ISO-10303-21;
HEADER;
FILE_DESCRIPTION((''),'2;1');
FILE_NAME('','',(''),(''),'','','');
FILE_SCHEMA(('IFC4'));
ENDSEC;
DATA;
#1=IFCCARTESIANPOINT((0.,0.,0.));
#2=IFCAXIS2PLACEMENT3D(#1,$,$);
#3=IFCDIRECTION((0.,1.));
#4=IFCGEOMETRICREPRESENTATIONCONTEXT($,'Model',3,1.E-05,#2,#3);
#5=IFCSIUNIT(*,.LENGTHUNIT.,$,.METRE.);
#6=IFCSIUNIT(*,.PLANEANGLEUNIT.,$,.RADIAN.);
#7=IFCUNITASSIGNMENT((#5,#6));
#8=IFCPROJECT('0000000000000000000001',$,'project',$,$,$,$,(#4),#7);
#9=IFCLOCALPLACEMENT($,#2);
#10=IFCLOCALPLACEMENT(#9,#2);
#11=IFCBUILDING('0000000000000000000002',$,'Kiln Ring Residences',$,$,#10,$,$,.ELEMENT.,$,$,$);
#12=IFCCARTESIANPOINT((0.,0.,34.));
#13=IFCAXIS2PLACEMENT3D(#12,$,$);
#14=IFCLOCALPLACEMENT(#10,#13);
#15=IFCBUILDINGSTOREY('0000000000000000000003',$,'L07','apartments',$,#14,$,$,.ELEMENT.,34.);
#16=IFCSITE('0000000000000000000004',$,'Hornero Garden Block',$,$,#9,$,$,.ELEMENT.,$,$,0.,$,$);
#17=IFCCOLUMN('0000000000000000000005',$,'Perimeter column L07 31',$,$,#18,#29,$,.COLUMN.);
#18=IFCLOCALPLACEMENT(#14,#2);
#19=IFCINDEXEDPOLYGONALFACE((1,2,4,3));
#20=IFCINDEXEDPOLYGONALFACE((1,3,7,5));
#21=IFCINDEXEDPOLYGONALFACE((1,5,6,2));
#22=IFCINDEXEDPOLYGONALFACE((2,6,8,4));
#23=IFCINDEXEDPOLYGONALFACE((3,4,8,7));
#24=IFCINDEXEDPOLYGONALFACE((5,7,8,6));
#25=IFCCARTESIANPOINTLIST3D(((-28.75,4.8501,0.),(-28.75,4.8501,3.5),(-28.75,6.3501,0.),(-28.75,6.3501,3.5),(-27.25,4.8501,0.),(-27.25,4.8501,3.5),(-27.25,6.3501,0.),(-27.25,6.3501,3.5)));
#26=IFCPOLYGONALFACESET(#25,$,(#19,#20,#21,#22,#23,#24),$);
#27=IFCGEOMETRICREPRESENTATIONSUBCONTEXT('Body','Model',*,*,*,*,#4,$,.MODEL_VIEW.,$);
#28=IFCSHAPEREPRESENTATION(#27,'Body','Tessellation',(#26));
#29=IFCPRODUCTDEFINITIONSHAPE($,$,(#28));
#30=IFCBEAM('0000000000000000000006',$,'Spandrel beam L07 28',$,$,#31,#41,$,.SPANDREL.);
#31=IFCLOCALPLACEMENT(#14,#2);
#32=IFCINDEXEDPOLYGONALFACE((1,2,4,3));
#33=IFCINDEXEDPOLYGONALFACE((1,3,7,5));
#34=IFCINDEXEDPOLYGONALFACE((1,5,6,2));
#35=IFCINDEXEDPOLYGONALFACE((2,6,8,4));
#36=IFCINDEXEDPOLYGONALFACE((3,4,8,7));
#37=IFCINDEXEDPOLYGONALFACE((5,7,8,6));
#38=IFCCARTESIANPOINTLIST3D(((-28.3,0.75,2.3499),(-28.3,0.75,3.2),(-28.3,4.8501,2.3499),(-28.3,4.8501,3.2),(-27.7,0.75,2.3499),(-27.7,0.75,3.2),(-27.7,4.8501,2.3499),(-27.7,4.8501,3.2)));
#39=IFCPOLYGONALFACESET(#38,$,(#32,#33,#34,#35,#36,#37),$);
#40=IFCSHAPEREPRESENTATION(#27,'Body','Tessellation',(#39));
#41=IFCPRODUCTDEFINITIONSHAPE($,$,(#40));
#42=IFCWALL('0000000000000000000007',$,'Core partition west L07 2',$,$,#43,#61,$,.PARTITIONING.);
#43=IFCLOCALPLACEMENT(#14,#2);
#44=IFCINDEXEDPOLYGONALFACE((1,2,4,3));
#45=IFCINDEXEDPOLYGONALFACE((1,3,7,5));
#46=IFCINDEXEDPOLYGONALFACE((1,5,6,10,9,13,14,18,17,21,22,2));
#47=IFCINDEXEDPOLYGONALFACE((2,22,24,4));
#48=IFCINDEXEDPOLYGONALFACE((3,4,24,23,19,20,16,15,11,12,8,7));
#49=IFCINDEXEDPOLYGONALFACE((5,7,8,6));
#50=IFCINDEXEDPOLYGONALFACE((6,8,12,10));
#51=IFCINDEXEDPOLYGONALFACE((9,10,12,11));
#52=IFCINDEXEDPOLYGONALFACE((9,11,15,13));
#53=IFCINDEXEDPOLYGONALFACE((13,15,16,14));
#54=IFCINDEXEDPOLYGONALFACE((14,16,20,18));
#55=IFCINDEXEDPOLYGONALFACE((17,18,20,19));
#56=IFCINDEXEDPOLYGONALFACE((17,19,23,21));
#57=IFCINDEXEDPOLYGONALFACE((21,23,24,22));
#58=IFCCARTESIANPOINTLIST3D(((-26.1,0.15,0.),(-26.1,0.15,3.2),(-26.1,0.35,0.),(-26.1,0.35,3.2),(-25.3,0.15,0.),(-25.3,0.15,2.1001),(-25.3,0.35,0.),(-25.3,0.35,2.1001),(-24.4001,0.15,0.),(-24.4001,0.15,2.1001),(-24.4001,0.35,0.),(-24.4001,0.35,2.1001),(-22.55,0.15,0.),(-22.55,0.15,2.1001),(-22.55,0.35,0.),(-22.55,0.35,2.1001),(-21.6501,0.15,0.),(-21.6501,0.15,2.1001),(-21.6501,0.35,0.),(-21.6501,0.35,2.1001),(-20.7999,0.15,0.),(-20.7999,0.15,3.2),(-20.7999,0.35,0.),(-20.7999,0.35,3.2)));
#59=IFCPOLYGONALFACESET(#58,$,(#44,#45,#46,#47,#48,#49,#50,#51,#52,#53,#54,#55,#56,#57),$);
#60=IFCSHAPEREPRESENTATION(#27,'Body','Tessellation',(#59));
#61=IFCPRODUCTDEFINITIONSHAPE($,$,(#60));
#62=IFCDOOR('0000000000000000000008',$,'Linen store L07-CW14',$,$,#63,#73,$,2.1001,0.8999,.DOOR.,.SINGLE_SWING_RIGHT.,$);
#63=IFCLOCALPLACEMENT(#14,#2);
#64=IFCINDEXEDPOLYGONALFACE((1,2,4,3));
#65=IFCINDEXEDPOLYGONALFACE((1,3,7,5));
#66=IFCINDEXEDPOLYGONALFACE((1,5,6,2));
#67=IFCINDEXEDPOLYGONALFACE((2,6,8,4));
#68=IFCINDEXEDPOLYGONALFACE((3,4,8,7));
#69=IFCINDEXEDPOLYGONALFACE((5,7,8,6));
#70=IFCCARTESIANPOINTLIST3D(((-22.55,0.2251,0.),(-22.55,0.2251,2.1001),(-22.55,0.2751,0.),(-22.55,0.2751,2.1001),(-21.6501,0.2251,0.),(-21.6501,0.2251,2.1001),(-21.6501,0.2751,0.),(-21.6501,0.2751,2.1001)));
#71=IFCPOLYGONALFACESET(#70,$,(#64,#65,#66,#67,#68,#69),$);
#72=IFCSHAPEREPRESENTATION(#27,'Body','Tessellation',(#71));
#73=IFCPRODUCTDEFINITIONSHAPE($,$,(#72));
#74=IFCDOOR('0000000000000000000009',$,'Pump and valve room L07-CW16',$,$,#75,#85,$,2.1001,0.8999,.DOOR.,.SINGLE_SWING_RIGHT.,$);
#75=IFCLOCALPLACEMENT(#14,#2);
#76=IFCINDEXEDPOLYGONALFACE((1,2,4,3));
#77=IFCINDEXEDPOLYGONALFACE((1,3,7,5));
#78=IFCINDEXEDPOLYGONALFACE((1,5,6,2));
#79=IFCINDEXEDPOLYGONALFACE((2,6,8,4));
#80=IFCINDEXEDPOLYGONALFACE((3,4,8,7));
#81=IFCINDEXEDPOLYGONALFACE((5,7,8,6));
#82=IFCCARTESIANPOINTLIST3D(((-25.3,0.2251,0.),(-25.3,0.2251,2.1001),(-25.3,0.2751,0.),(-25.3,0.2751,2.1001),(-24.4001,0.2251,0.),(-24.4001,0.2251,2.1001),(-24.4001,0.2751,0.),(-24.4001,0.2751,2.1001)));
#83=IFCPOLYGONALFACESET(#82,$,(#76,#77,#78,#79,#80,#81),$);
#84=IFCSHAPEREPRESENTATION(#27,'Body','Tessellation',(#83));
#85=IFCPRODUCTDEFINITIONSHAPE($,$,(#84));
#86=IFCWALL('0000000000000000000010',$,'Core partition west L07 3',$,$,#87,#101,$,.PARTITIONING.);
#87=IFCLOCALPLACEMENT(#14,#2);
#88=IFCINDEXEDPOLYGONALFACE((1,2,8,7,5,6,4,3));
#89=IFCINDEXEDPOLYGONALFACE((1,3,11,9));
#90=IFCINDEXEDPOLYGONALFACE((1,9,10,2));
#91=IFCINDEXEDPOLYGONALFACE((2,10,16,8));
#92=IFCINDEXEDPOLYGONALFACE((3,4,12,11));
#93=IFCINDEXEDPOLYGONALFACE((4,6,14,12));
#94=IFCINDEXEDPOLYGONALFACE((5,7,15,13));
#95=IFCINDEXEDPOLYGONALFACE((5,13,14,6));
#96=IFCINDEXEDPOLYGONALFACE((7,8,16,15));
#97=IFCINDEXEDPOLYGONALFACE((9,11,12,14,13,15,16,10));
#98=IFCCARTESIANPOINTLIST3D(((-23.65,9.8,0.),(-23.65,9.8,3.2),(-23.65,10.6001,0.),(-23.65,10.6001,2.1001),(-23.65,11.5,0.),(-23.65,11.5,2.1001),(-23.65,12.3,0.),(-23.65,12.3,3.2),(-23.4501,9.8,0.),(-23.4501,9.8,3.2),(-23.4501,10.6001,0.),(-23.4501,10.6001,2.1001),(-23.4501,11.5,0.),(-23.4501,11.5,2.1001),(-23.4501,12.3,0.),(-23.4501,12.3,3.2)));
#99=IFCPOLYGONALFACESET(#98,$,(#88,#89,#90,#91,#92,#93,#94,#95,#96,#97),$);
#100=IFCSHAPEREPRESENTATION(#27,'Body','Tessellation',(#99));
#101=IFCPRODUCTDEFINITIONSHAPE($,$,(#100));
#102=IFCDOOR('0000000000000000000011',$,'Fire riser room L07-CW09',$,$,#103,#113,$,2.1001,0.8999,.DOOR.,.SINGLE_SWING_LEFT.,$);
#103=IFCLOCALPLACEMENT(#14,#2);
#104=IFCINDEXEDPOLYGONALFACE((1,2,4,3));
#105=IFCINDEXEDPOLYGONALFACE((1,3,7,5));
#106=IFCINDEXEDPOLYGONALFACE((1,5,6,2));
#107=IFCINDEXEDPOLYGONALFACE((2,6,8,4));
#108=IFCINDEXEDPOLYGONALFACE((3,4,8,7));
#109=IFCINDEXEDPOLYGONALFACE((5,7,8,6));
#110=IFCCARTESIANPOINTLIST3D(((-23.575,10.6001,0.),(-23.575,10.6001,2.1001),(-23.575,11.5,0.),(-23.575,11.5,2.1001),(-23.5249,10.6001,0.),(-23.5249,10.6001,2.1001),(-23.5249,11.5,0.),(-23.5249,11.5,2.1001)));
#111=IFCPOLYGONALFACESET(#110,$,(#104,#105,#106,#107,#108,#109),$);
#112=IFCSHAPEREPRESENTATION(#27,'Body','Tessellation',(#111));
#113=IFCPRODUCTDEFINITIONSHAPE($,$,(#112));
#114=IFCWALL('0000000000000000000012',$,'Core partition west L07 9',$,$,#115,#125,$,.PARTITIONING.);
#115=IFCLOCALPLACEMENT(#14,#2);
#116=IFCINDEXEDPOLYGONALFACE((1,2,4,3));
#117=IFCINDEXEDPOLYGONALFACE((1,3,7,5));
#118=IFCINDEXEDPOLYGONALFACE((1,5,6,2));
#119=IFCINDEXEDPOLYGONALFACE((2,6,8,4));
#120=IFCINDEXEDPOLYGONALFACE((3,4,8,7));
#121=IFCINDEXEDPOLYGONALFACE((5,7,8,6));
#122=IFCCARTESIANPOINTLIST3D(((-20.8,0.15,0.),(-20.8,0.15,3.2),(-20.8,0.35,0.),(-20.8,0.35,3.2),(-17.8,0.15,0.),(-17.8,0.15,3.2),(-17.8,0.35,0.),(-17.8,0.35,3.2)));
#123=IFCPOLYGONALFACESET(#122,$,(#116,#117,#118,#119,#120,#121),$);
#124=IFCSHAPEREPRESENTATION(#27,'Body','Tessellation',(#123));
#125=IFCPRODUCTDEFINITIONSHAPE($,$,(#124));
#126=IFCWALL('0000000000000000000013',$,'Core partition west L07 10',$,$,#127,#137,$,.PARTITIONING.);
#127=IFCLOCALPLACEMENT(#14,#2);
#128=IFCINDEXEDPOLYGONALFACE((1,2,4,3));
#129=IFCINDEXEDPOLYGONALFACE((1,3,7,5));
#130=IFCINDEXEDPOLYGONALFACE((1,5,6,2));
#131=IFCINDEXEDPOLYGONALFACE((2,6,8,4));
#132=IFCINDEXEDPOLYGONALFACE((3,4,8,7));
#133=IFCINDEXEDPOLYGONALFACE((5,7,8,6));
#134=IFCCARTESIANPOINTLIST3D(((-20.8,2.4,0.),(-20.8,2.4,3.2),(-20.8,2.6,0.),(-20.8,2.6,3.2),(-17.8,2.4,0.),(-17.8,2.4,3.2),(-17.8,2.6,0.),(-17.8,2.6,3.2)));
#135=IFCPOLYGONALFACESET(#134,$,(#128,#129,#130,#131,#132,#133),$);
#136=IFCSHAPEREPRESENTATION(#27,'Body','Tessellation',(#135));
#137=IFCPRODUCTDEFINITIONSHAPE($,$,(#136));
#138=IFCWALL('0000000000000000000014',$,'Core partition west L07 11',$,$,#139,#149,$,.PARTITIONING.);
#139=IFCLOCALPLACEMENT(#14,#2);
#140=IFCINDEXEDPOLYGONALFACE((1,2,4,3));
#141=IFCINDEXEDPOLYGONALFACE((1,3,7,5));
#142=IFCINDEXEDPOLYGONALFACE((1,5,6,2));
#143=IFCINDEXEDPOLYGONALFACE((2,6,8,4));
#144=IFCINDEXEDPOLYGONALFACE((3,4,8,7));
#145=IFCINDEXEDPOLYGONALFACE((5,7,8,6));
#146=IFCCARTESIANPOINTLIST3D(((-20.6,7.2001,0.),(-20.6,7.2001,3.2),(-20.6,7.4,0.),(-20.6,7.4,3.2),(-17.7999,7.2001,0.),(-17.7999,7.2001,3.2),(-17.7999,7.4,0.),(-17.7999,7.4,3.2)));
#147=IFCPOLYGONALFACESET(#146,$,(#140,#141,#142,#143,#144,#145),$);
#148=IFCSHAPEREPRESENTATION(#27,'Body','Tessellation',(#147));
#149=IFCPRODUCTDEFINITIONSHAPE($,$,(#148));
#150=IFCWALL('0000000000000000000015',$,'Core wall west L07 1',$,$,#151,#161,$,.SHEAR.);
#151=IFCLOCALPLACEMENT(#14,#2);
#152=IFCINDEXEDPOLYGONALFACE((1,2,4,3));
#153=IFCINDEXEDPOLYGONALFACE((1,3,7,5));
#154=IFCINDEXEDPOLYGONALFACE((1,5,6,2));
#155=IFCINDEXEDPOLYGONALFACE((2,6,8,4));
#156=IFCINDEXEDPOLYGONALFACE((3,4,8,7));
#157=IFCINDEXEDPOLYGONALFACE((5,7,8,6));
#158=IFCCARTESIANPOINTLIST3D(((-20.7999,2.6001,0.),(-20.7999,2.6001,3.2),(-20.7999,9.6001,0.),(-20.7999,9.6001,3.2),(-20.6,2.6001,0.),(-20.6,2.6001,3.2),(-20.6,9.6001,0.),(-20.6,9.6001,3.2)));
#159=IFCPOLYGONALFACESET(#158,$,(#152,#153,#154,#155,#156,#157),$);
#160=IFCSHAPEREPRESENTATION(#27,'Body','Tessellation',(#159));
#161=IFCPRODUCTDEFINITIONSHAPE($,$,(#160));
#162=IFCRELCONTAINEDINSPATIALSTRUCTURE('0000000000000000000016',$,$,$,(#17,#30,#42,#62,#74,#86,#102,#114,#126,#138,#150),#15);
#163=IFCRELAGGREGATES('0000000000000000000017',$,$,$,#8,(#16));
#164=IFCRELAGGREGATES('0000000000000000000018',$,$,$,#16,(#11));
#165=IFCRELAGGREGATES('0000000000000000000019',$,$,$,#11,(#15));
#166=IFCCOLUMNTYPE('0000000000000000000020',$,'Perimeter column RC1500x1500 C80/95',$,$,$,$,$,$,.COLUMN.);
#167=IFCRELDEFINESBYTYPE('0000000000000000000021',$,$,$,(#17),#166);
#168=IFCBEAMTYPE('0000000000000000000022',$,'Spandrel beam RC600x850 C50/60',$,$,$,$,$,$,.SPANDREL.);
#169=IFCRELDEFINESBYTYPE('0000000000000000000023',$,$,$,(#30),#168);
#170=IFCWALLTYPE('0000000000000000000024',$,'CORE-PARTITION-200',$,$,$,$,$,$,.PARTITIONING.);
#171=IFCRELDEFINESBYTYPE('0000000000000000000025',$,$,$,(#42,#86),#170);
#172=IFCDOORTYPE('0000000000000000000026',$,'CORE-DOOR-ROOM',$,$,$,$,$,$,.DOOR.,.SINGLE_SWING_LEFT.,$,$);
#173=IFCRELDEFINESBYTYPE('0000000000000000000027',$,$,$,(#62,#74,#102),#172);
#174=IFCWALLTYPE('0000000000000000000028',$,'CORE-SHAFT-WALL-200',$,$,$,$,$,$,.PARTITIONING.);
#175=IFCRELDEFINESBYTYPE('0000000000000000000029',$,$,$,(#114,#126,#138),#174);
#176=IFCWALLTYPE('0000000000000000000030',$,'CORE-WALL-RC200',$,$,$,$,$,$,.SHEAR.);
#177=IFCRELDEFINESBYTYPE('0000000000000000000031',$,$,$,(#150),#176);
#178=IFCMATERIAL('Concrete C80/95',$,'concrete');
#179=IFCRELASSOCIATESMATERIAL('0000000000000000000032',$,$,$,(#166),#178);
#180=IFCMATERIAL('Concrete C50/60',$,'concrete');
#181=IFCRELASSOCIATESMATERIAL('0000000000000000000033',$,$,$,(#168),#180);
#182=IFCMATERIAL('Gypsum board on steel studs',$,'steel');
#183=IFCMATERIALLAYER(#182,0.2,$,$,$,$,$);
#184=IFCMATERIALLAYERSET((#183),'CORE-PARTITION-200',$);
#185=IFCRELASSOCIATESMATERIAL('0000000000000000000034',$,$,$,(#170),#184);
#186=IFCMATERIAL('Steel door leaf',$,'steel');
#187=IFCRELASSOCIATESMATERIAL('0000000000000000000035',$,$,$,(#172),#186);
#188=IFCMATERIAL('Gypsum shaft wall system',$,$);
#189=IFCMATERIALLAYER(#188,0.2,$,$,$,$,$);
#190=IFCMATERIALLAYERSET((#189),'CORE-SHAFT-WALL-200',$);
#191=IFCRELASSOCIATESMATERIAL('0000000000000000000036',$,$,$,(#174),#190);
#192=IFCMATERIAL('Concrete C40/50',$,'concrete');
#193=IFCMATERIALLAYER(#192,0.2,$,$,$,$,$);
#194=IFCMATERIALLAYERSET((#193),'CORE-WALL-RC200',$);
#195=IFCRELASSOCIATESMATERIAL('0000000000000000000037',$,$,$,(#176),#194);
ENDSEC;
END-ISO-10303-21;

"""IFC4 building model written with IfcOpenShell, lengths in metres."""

from ifc_helpers import new_model, si_unit, direction, frame, frame_2d, origin, origin_2d, place, context, subcontext, project, spatial, rectangle, extrude, material, layer, layer_set, material_profile, profile_set, type_object, element, fill, save


model = new_model("IFC4")

# Units and contexts
model_context = context("Model", 3, precision=1e-05, world=origin(), true_north=direction((0.0, 1.0)))
body_context = subcontext(model_context, "Body", "Model", "MODEL_VIEW")
ifc_project = project(units=[si_unit("LENGTHUNIT", "METRE"), si_unit("PLANEANGLEUNIT", "RADIAN")], contexts=[model_context])

# Site, building, storey
site_placement = place(None, origin())
site = spatial("IfcSite", under=ifc_project, at=site_placement, Name="Hornero Garden Block", CompositionType="ELEMENT", RefElevation=0.0)
building_placement = place(site_placement, origin())
building = spatial("IfcBuilding", under=site, at=building_placement, Name="Kiln Ring Residences", CompositionType="ELEMENT")
storey_placement = place(building_placement, frame((0.0, 0.0, 34.0)))
storey = spatial("IfcBuildingStorey", under=building, at=storey_placement, Name="L07", Description="apartments", CompositionType="ELEMENT", Elevation=34.0)

# Column
ifc_material_1 = material(Name="Concrete C80/95", Category="concrete")
ifc_material_profile_1 = material_profile(ifc_material_1, rectangle(XDim=1.5, YDim=1.5, at=origin_2d()), Name="RC1500x1500")
ifc_profile_set_1 = profile_set([ifc_material_profile_1], Name="Concrete C80/95")
column_type = type_object("IfcColumnType", Name="Perimeter column RC1500x1500 C80/95", PredefinedType="COLUMN", material=ifc_profile_set_1)
column_placement = place(storey_placement, frame((-28.0, 5.6001, 0.0), z_axis=(0.0, 0.0, 1.0), x_axis=(1.0, 0.0, 0.0)))
element("IfcColumn", 1, at=column_placement, inside=storey, type_object=column_type, Name="Perimeter column L07 31", PredefinedType="COLUMN", context=body_context, shape_type="SweptSolid", body=[
    extrude(rectangle(XDim=1.5, YDim=1.5, at=origin_2d()), origin(), (0.0, 0.0, 1.0), 3.5),
])

# Beam
ifc_material_2 = material(Name="Concrete C50/60", Category="concrete")
ifc_material_profile_2 = material_profile(ifc_material_2, rectangle(XDim=0.6001, YDim=0.8501, at=origin_2d()), Name="RC600x850")
ifc_profile_set_2 = profile_set([ifc_material_profile_2], Name="Concrete C50/60")
beam_type = type_object("IfcBeamType", Name="Spandrel beam RC600x850 C50/60", PredefinedType="SPANDREL", material=ifc_profile_set_2)
beam_placement = place(storey_placement, frame((-28.0, 4.8501, 2.7749), z_axis=(0.0, -1.0, 0.0), x_axis=(1.0, 0.0, 0.0)))
element("IfcBeam", 2, at=beam_placement, inside=storey, type_object=beam_type, Name="Spandrel beam L07 28", PredefinedType="SPANDREL", context=body_context, shape_type="SweptSolid", body=[
    extrude(rectangle(XDim=0.6001, YDim=0.8501, at=origin_2d()), origin(), (0.0, 0.0, 1.0), 4.1001),
])

# Wall, openings, doors
ifc_material_3 = material(Name="Gypsum board on steel studs", Category="steel")
ifc_layer_1 = layer(ifc_material_3, 0.2)
ifc_layer_set_1 = layer_set([ifc_layer_1], Name="CORE-PARTITION-200")
wall_type_1 = type_object("IfcWallType", Name="CORE-PARTITION-200", PredefinedType="PARTITIONING", material=ifc_layer_set_1)
wall_1_placement = place(storey_placement, frame((-20.8, 0.25, 0.0), z_axis=(0.0, 0.0, 1.0), x_axis=(-1.0, 0.0, 0.0)))
wall_1 = element("IfcWall", 3, at=wall_1_placement, inside=storey, type_object=wall_type_1, Name="Core partition west L07 2", PredefinedType="PARTITIONING", context=body_context, shape_type="SweptSolid", body=[
    extrude(rectangle(XDim=5.3, YDim=0.2, at=frame_2d((2.6499, 0.0))), origin(), (0.0, 0.0, 1.0), 3.2),
])
opening_1_placement = place(wall_1_placement, frame((0.8501, 0.0, 0.0)))
opening_1 = element("IfcOpeningElement", 4, at=opening_1_placement, cuts=wall_1, PredefinedType="OPENING", context=body_context, shape_type="SweptSolid", body=[
    extrude(rectangle(XDim=0.8999, YDim=2.1001, at=frame_2d((0.45, 1.05))), frame((0.0, 0.1099, 0.0), z_axis=(0.0, -1.0, 0.0), x_axis=(1.0, 0.0, 0.0)), (0.0, 0.0, 1.0), 0.22),
])
opening_2_placement = place(wall_1_placement, frame((3.6001, 0.0, 0.0)))
opening_2 = element("IfcOpeningElement", 5, at=opening_2_placement, cuts=wall_1, PredefinedType="OPENING", context=body_context, shape_type="SweptSolid", body=[
    extrude(rectangle(XDim=0.8999, YDim=2.1001, at=frame_2d((0.45, 1.05))), frame((0.0, 0.1099, 0.0), z_axis=(0.0, -1.0, 0.0), x_axis=(1.0, 0.0, 0.0)), (0.0, 0.0, 1.0), 0.22),
])
ifc_material_4 = material(Name="Steel door leaf", Category="steel")
door_type_1 = type_object("IfcDoorType", Name="CORE-DOOR-ROOM", OperationType="SINGLE_SWING_LEFT", PredefinedType="DOOR", material=ifc_material_4)
door_1_placement = place(opening_1_placement, origin())
door_1 = element("IfcDoor", 6, at=door_1_placement, inside=storey, type_object=door_type_1, Name="Linen store L07-CW14", OperationType="SINGLE_SWING_RIGHT", OverallHeight=2.1001, OverallWidth=0.8999, PredefinedType="DOOR", context=body_context, shape_type="SweptSolid", body=[
    extrude(rectangle(XDim=0.8999, YDim=2.1001, at=frame_2d((0.45, 1.05))), frame((0.0, 0.0249, 0.0), z_axis=(0.0, -1.0, 0.0), x_axis=(1.0, 0.0, 0.0)), (0.0, 0.0, 1.0), 0.05),
])
fill(opening_1, door_1)
door_2_placement = place(opening_2_placement, origin())
door_2 = element("IfcDoor", 7, at=door_2_placement, inside=storey, type_object=door_type_1, Name="Pump and valve room L07-CW16", OperationType="SINGLE_SWING_RIGHT", OverallHeight=2.1001, OverallWidth=0.8999, PredefinedType="DOOR", context=body_context, shape_type="SweptSolid", body=[
    extrude(rectangle(XDim=0.8999, YDim=2.1001, at=frame_2d((0.45, 1.05))), frame((0.0, 0.0249, 0.0), z_axis=(0.0, -1.0, 0.0), x_axis=(1.0, 0.0, 0.0)), (0.0, 0.0, 1.0), 0.05),
])
fill(opening_2, door_2)

# Wall, opening, door
wall_2_placement = place(storey_placement, frame((-23.55, 9.8, 0.0), z_axis=(0.0, 0.0, 1.0), x_axis=(0.0, 1.0, 0.0)))
wall_2 = element("IfcWall", 8, at=wall_2_placement, inside=storey, type_object=wall_type_1, Name="Core partition west L07 3", PredefinedType="PARTITIONING", context=body_context, shape_type="SweptSolid", body=[
    extrude(rectangle(XDim=2.5, YDim=0.2, at=frame_2d((1.25, 0.0))), origin(), (0.0, 0.0, 1.0), 3.2),
])
opening_3_placement = place(wall_2_placement, frame((0.8, 0.0, 0.0)))
opening_3 = element("IfcOpeningElement", 9, at=opening_3_placement, cuts=wall_2, PredefinedType="OPENING", context=body_context, shape_type="SweptSolid", body=[
    extrude(rectangle(XDim=0.8999, YDim=2.1001, at=frame_2d((0.45, 1.05))), frame((0.0, 0.1099, 0.0), z_axis=(0.0, -1.0, 0.0), x_axis=(1.0, 0.0, 0.0)), (0.0, 0.0, 1.0), 0.22),
])
door_3_placement = place(opening_3_placement, origin())
door_3 = element("IfcDoor", 10, at=door_3_placement, inside=storey, type_object=door_type_1, Name="Fire riser room L07-CW09", OperationType="SINGLE_SWING_LEFT", OverallHeight=2.1001, OverallWidth=0.8999, PredefinedType="DOOR", context=body_context, shape_type="SweptSolid", body=[
    extrude(rectangle(XDim=0.8999, YDim=2.1001, at=frame_2d((0.45, 1.05))), frame((0.0, 0.0249, 0.0), z_axis=(0.0, -1.0, 0.0), x_axis=(1.0, 0.0, 0.0)), (0.0, 0.0, 1.0), 0.05),
])
fill(opening_3, door_3)

# Walls
ifc_material_5 = material(Name="Gypsum shaft wall system")
ifc_layer_2 = layer(ifc_material_5, 0.2)
ifc_layer_set_2 = layer_set([ifc_layer_2], Name="CORE-SHAFT-WALL-200")
wall_type_2 = type_object("IfcWallType", Name="CORE-SHAFT-WALL-200", PredefinedType="PARTITIONING", material=ifc_layer_set_2)
for number, where, z_axis, x_axis, name in (
    (11, (-17.8, 0.25, 0.0), (0.0, 0.0, 1.0), (-1.0, 0.0, 0.0), "Core partition west L07 9"),
    (12, (-17.8, 2.5, 0.0), (0.0, 0.0, 1.0), (-1.0, 0.0, 0.0), "Core partition west L07 10"),
):
    element("IfcWall", number, at=place(storey_placement, frame(where, z_axis=z_axis, x_axis=x_axis)), inside=storey, type_object=wall_type_2, Name=name, PredefinedType="PARTITIONING", context=body_context, shape_type="SweptSolid", body=[
        extrude(rectangle(XDim=3.0, YDim=0.2, at=frame_2d((1.5, 0.0))), origin(), (0.0, 0.0, 1.0), 3.2),
    ])
wall_3_placement = place(storey_placement, frame((-17.8, 7.3, 0.0), z_axis=(0.0, 0.0, 1.0), x_axis=(-1.0, 0.0, 0.0)))
element("IfcWall", 13, at=wall_3_placement, inside=storey, type_object=wall_type_2, Name="Core partition west L07 11", PredefinedType="PARTITIONING", context=body_context, shape_type="SweptSolid", body=[
    extrude(rectangle(XDim=2.8, YDim=0.2, at=frame_2d((1.3999, 0.0))), origin(), (0.0, 0.0, 1.0), 3.2),
])
ifc_material_6 = material(Name="Concrete C40/50", Category="concrete")
ifc_layer_3 = layer(ifc_material_6, 0.2)
ifc_layer_set_3 = layer_set([ifc_layer_3], Name="CORE-WALL-RC200")
wall_type_3 = type_object("IfcWallType", Name="CORE-WALL-RC200", PredefinedType="SHEAR", material=ifc_layer_set_3)
wall_4_placement = place(storey_placement, frame((-20.7, 2.6001, 0.0), z_axis=(0.0, 0.0, 1.0), x_axis=(0.0, 1.0, 0.0)))
element("IfcWall", 14, at=wall_4_placement, inside=storey, type_object=wall_type_3, Name="Core wall west L07 1", PredefinedType="SHEAR", context=body_context, shape_type="SweptSolid", body=[
    extrude(rectangle(XDim=7.0, YDim=0.2, at=frame_2d((3.5, 0.0))), origin(), (0.0, 0.0, 1.0), 3.2),
])

save(model, "model.ifc")
